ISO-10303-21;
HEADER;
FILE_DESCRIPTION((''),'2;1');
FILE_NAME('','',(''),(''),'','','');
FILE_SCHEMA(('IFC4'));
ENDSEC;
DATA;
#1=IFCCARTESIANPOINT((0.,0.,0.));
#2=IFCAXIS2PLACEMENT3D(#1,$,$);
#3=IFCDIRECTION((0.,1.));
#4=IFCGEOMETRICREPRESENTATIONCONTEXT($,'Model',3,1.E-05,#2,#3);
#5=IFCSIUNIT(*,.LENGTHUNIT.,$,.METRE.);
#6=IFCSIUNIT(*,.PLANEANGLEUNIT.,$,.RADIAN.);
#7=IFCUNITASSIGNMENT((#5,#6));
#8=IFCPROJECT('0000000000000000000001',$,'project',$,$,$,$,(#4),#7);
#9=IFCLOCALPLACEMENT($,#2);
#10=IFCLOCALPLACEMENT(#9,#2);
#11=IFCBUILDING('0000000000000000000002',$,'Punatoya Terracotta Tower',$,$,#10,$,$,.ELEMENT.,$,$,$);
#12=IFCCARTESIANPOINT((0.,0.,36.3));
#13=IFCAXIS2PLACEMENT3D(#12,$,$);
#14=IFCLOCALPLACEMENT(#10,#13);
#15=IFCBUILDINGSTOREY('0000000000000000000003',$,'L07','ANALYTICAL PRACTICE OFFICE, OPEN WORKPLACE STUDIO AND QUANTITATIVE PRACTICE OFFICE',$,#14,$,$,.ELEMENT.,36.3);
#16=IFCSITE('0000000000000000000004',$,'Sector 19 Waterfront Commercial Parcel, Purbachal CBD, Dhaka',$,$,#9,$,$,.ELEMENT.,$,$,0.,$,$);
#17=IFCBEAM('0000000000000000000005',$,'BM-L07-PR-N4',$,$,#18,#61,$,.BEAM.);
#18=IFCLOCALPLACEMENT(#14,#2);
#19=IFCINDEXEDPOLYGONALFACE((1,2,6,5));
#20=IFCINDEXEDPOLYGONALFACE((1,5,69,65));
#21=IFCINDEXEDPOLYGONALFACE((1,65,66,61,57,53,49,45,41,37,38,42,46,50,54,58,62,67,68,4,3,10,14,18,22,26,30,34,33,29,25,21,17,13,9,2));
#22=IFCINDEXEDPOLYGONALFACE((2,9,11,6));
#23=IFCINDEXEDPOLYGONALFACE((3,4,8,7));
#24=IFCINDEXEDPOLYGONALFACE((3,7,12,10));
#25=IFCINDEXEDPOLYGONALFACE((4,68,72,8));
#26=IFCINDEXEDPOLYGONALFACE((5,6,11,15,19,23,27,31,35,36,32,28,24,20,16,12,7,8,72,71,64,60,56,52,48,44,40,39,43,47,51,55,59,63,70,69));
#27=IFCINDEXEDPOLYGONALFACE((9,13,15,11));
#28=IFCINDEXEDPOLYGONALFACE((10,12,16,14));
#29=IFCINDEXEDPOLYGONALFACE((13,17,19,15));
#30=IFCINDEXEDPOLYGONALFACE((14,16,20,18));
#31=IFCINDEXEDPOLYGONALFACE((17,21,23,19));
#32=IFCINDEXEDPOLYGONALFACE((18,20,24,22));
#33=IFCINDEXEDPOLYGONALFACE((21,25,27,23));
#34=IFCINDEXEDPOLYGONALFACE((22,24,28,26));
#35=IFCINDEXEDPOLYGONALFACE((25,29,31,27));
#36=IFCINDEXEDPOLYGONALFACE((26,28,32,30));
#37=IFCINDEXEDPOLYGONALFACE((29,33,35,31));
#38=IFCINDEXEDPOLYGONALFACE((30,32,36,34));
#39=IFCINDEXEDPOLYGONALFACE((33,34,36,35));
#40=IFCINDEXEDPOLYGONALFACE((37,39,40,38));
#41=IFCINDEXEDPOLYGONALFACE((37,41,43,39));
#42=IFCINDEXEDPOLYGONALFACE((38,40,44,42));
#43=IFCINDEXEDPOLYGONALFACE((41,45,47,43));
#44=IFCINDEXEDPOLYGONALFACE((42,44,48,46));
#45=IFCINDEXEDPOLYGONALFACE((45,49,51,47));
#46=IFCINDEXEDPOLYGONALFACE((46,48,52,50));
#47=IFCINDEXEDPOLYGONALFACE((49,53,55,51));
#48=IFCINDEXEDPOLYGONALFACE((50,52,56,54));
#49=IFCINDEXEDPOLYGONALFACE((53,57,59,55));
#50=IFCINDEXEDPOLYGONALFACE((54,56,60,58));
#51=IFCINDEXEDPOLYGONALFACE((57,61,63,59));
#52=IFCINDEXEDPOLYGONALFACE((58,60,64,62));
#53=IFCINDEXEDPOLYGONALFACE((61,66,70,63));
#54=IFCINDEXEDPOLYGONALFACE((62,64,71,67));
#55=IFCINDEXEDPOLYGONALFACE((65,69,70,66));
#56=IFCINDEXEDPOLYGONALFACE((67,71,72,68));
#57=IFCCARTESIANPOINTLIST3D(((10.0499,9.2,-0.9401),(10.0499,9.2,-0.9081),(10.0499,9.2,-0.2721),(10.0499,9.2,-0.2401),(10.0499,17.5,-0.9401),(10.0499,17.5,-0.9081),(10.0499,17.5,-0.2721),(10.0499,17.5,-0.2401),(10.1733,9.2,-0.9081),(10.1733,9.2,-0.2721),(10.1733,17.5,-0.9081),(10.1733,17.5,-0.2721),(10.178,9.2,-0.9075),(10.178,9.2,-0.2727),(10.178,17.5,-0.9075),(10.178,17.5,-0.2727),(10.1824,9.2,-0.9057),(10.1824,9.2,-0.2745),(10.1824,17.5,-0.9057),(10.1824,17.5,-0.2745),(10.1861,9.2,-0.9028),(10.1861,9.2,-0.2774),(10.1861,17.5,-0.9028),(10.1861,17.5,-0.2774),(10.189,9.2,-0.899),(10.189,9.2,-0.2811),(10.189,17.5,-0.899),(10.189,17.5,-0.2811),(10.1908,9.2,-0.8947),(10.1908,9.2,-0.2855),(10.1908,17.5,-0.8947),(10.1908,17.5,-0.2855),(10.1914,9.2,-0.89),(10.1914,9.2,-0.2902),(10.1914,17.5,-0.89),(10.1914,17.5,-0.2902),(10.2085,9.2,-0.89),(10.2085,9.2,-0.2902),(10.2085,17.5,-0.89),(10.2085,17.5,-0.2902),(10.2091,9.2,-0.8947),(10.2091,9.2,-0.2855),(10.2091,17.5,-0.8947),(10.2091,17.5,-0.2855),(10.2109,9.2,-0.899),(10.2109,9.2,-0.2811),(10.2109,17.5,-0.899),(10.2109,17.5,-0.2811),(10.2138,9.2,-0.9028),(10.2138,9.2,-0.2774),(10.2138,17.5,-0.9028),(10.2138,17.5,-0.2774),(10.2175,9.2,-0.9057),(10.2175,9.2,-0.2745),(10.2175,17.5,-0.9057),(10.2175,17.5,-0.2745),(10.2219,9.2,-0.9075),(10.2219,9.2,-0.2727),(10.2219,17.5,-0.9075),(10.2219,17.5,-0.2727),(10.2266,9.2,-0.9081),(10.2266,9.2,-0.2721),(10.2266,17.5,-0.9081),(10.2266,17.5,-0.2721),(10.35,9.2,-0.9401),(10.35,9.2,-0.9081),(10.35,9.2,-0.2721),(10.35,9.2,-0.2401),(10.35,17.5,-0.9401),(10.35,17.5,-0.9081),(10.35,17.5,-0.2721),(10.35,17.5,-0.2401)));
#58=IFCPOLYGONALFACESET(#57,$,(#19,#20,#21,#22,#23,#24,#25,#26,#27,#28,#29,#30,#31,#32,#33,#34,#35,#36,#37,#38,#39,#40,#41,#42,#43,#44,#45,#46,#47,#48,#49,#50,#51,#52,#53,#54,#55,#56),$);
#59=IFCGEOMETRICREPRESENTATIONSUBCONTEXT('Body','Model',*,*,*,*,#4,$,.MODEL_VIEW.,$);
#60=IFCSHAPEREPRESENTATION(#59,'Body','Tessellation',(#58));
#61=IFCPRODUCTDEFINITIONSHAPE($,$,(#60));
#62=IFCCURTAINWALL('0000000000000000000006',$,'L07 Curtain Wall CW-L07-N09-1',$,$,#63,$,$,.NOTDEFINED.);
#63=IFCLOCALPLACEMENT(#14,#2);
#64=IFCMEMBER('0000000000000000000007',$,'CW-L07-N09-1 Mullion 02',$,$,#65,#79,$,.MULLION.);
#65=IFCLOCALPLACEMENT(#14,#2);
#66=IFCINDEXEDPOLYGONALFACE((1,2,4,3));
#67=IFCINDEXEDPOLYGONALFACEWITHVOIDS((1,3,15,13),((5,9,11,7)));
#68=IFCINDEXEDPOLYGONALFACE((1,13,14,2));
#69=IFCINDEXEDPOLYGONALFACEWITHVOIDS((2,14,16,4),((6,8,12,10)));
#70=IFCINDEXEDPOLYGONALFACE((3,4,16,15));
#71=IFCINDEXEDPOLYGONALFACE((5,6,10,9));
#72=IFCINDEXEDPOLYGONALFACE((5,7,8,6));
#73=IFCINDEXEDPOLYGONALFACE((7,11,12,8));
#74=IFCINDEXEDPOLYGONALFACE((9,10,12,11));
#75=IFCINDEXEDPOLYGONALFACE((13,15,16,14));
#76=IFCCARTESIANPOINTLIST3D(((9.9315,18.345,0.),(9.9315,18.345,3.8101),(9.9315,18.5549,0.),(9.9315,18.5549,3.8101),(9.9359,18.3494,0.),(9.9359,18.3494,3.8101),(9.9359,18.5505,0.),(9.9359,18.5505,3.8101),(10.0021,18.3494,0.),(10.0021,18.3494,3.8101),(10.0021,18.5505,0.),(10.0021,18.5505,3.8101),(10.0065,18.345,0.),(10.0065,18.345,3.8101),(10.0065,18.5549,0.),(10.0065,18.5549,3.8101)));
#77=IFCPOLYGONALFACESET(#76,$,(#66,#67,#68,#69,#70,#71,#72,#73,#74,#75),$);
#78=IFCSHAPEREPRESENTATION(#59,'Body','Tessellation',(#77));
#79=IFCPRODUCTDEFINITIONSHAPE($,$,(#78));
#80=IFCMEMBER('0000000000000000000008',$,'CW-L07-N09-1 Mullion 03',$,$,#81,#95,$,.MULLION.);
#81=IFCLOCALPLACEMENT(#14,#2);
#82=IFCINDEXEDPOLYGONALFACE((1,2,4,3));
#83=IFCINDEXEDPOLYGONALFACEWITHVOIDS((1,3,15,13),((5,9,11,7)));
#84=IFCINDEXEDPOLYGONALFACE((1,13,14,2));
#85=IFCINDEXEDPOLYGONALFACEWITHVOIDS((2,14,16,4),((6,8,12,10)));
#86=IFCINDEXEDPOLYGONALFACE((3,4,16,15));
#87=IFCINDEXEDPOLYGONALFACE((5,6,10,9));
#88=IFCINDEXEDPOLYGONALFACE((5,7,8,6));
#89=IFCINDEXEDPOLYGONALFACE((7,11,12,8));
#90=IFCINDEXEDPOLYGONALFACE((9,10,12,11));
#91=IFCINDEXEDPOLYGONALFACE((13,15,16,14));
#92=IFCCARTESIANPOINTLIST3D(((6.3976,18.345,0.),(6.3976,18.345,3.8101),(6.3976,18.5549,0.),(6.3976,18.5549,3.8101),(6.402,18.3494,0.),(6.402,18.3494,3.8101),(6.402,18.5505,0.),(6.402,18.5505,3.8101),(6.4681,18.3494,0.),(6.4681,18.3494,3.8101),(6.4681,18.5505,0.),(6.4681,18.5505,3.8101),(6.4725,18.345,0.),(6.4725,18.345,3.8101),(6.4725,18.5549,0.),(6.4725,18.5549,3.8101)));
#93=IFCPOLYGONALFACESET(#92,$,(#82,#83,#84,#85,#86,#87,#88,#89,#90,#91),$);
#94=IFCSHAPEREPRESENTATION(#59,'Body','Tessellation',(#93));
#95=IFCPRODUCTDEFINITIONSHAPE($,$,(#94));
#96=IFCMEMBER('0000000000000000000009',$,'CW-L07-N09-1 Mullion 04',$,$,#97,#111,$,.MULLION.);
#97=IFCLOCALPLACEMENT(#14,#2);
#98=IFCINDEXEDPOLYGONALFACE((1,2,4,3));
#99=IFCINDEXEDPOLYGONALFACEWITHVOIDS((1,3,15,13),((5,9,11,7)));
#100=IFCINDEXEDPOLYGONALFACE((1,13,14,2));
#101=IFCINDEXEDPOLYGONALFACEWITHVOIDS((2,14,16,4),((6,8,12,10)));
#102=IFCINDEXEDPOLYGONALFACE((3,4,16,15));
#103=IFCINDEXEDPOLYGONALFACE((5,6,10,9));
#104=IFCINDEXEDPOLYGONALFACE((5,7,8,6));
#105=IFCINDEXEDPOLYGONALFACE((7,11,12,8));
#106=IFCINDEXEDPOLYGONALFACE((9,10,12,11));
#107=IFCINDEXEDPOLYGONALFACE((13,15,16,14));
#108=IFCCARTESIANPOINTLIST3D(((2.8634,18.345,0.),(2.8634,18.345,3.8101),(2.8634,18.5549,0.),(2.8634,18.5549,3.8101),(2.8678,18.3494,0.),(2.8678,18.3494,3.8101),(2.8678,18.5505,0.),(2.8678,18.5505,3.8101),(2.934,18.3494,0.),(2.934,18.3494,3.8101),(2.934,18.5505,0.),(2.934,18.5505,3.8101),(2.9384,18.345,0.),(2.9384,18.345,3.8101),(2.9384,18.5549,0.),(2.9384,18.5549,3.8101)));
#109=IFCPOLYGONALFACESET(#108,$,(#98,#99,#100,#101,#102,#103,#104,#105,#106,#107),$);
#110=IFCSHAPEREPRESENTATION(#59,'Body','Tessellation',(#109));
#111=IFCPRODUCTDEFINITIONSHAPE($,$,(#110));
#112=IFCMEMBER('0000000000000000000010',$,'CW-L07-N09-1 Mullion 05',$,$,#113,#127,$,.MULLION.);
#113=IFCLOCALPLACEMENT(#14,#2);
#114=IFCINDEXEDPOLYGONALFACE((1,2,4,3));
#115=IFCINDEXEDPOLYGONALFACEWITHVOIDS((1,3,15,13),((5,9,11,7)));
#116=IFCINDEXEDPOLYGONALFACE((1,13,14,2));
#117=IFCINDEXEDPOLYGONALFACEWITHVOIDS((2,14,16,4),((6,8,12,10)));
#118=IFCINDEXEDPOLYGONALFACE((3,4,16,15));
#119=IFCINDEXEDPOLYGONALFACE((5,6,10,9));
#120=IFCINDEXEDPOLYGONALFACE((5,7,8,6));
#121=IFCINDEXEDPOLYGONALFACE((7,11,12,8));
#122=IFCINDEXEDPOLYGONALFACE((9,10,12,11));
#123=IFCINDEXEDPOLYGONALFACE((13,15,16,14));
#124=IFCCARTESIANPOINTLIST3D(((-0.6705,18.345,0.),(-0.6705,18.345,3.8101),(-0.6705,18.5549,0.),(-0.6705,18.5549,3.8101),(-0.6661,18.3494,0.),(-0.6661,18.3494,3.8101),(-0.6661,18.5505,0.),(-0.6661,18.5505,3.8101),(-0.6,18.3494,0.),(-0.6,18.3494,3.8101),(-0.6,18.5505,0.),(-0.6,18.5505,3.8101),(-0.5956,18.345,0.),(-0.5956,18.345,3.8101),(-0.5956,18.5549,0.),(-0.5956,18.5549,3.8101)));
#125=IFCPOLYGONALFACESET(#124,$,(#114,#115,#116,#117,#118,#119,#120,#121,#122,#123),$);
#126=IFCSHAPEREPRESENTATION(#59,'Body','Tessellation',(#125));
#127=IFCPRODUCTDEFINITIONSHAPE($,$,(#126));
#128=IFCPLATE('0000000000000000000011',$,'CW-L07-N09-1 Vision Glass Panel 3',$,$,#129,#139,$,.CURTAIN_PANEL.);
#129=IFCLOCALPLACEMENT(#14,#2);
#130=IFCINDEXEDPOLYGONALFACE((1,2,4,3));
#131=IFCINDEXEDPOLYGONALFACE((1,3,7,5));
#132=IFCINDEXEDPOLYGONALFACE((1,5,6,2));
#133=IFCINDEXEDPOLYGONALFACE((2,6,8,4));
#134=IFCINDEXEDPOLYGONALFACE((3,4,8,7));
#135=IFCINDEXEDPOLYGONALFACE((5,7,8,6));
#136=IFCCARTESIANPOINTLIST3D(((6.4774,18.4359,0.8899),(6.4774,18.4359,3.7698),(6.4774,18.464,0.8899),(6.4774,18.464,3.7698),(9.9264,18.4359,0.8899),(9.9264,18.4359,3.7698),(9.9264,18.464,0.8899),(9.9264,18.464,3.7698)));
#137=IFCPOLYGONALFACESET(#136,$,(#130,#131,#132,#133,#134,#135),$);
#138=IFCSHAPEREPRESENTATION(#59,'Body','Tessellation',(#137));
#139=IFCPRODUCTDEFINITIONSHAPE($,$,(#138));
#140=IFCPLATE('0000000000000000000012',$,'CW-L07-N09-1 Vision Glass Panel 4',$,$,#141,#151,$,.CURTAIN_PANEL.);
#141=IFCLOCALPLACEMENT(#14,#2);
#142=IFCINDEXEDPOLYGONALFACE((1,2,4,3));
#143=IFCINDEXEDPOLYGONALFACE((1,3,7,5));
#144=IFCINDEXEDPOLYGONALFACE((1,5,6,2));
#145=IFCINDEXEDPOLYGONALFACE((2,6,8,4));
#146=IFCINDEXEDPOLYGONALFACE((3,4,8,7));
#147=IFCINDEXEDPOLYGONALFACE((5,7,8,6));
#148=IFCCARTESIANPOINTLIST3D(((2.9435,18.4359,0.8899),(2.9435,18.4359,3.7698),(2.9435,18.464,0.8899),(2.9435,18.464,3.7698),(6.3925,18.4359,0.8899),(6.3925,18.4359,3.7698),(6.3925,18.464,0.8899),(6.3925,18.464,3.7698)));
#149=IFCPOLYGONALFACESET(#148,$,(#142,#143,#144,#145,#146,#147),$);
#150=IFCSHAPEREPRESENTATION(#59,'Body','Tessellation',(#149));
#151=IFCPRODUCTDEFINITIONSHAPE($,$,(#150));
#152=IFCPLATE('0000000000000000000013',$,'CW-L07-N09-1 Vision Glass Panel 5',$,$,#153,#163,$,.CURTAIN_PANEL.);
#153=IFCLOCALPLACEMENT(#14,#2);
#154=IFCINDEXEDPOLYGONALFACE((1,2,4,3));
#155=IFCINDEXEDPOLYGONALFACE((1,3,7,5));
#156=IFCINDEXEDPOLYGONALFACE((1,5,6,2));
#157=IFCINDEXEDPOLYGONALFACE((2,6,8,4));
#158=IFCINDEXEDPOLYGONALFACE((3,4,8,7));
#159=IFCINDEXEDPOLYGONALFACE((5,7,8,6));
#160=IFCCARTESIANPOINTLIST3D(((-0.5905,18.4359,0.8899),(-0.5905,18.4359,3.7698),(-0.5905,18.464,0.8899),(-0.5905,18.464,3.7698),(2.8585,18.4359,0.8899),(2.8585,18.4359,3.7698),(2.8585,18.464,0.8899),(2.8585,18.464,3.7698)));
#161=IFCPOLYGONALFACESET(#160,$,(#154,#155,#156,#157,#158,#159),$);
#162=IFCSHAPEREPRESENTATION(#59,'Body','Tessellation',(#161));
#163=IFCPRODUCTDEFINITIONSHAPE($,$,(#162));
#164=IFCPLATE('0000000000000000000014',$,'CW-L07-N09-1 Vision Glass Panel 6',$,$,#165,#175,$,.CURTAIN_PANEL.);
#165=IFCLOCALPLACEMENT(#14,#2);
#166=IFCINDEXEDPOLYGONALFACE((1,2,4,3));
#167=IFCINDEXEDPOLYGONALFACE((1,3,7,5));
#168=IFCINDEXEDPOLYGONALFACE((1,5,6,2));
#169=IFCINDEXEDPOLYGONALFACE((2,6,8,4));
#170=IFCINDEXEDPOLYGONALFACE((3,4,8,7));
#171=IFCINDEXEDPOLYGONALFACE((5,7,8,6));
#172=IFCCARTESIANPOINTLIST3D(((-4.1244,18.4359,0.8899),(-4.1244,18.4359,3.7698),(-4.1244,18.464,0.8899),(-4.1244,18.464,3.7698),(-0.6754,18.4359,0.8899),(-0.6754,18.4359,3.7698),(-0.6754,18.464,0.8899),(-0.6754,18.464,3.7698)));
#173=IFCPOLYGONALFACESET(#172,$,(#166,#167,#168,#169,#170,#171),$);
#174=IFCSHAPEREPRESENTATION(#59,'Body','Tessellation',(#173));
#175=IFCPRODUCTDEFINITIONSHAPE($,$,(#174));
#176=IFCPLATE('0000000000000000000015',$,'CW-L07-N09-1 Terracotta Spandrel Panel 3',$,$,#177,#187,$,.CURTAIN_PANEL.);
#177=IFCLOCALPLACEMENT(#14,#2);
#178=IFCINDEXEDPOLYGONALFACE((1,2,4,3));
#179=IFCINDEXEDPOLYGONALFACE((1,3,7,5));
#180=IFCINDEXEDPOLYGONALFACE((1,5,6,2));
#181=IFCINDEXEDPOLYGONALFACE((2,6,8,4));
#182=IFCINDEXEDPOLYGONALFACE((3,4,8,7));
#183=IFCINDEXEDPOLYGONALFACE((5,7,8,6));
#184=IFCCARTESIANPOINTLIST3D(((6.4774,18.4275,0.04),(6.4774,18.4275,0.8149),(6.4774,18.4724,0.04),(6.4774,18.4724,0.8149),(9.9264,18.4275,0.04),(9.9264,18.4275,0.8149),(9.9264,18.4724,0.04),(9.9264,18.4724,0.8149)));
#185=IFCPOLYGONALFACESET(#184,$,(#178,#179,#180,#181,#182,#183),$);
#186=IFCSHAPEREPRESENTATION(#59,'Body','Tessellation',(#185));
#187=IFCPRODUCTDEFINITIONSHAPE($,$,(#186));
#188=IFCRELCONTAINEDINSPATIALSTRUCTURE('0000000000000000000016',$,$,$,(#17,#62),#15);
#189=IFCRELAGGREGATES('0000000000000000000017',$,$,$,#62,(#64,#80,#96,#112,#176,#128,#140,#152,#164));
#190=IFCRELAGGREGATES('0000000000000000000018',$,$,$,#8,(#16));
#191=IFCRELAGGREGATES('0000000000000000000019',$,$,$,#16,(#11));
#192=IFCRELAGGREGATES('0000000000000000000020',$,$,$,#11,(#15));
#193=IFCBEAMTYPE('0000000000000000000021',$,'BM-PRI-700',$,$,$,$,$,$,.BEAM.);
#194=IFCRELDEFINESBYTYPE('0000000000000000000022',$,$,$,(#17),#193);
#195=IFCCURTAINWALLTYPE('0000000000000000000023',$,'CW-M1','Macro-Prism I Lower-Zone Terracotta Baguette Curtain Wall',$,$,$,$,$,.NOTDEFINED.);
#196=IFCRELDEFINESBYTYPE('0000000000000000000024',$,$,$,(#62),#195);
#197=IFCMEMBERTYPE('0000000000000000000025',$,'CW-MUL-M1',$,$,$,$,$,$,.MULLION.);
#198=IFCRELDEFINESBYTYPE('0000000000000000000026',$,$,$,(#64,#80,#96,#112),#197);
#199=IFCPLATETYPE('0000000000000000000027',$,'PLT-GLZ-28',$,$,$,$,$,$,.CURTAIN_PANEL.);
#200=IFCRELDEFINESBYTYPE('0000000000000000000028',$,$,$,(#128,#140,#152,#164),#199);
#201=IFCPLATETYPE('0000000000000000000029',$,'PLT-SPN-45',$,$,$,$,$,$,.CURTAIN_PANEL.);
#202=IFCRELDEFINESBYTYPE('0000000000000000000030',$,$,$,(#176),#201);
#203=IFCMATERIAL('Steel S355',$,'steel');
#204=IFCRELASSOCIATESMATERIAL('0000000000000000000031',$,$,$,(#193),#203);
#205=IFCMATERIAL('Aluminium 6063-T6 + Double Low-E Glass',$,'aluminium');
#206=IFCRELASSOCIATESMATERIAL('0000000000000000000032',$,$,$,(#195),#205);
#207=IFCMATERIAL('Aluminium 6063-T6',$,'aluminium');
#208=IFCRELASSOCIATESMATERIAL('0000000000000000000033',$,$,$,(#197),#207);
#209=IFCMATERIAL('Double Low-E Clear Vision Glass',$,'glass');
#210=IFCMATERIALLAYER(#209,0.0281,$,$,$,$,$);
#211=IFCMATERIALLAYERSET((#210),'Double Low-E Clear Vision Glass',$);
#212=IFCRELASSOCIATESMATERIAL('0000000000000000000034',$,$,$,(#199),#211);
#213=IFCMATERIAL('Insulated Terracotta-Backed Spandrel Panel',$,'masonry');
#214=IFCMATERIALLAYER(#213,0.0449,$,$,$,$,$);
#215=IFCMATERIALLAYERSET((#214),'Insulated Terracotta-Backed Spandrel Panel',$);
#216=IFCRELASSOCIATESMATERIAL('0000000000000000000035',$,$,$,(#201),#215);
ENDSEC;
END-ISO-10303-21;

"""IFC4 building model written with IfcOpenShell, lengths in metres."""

from ifc_helpers import new_model, si_unit, direction, frame, origin, origin_2d, place, context, subcontext, project, spatial, rectangle, hollow_rectangle, i_section, extrude, material, layer, layer_set, material_profile, profile_set, type_object, element, aggregate, save


model = new_model("IFC4")

# Units and contexts
model_context = context("Model", 3, precision=1e-05, world=origin(), true_north=direction((0.0, 1.0)))
body_context = subcontext(model_context, "Body", "Model", "MODEL_VIEW")
ifc_project = project(units=[si_unit("LENGTHUNIT", "METRE"), si_unit("PLANEANGLEUNIT", "RADIAN")], contexts=[model_context])

# Site, building, storey
site_placement = place(None, origin())
site = spatial("IfcSite", under=ifc_project, at=site_placement, Name="Sector 19 Waterfront Commercial Parcel, Purbachal CBD, Dhaka", CompositionType="ELEMENT", RefElevation=0.0)
building_placement = place(site_placement, origin())
building = spatial("IfcBuilding", under=site, at=building_placement, Name="Punatoya Terracotta Tower", CompositionType="ELEMENT")
storey_placement = place(building_placement, frame((0.0, 0.0, 36.3)))
storey = spatial("IfcBuildingStorey", under=building, at=storey_placement, Name="L07", Description="ANALYTICAL PRACTICE OFFICE, OPEN WORKPLACE STUDIO AND QUANTITATIVE PRACTICE OFFICE", CompositionType="ELEMENT", Elevation=36.3)

# Beam
ifc_material_1 = material(Name="Steel S355", Category="steel")
ifc_material_profile_1 = material_profile(ifc_material_1, i_section(OverallWidth=0.3, OverallDepth=0.7, WebThickness=0.0171, FlangeThickness=0.032, FilletRadius=0.0181, at=origin_2d()))
ifc_profile_set_1 = profile_set([ifc_material_profile_1], Name="Steel S355")
beam_type = type_object("IfcBeamType", Name="BM-PRI-700", PredefinedType="BEAM", material=ifc_profile_set_1)
for number, where, z_axis, x_axis, name in (
    (1, (10.2, 9.2, -0.5901), (0.0, 1.0, 0.0), (-1.0, 0.0, 0.0), "BM-L07-PR-N4"),
):
    element("IfcBeam", number, at=place(storey_placement, frame(where, z_axis=z_axis, x_axis=x_axis)), inside=storey, type_object=beam_type, Name=name, PredefinedType="BEAM", context=body_context, shape_type="SweptSolid", body=[
        extrude(i_section(OverallWidth=0.3, OverallDepth=0.7, WebThickness=0.0171, FlangeThickness=0.032, FilletRadius=0.0181, at=origin_2d()), origin(), (0.0, 0.0, 1.0), 8.3),
    ])

# Curtain wall, members, plates
ifc_material_2 = material(Name="Aluminium 6063-T6 + Double Low-E Glass", Category="aluminium")
curtain_wall_type = type_object("IfcCurtainWallType", Name="CW-M1", Description="Macro-Prism I Lower-Zone Terracotta Baguette Curtain Wall", PredefinedType="NOTDEFINED", material=ifc_material_2)
curtain_wall_placement = place(storey_placement, origin())
curtain_wall = element("IfcCurtainWall", 2, at=curtain_wall_placement, inside=storey, type_object=curtain_wall_type, Name="L07 Curtain Wall CW-L07-N09-1", PredefinedType="NOTDEFINED")
ifc_material_3 = material(Name="Aluminium 6063-T6", Category="aluminium")
ifc_material_profile_2 = material_profile(ifc_material_3, hollow_rectangle(XDim=0.075, YDim=0.21, WallThickness=0.0044, at=origin_2d()))
ifc_profile_set_2 = profile_set([ifc_material_profile_2], Name="Aluminium 6063-T6")
member_type = type_object("IfcMemberType", Name="CW-MUL-M1", PredefinedType="MULLION", material=ifc_profile_set_2)
member_1_placement = place(storey_placement, frame((9.969, 18.45, 0.0), z_axis=(0.0, 0.0, 1.0), x_axis=(1.0, 0.0, 0.0)))
member_1 = element("IfcMember", 3, at=member_1_placement, type_object=member_type, Name="CW-L07-N09-1 Mullion 02", PredefinedType="MULLION", context=body_context, shape_type="SweptSolid", body=[
    extrude(hollow_rectangle(XDim=0.075, YDim=0.21, WallThickness=0.0044, at=origin_2d()), origin(), (0.0, 0.0, 1.0), 3.8101),
])
member_2_placement = place(storey_placement, frame((6.4351, 18.45, 0.0), z_axis=(0.0, 0.0, 1.0), x_axis=(1.0, 0.0, 0.0)))
member_2 = element("IfcMember", 4, at=member_2_placement, type_object=member_type, Name="CW-L07-N09-1 Mullion 03", PredefinedType="MULLION", context=body_context, shape_type="SweptSolid", body=[
    extrude(hollow_rectangle(XDim=0.075, YDim=0.21, WallThickness=0.0044, at=origin_2d()), origin(), (0.0, 0.0, 1.0), 3.8101),
])
member_3_placement = place(storey_placement, frame((2.9009, 18.45, 0.0), z_axis=(0.0, 0.0, 1.0), x_axis=(1.0, 0.0, 0.0)))
member_3 = element("IfcMember", 5, at=member_3_placement, type_object=member_type, Name="CW-L07-N09-1 Mullion 04", PredefinedType="MULLION", context=body_context, shape_type="SweptSolid", body=[
    extrude(hollow_rectangle(XDim=0.075, YDim=0.21, WallThickness=0.0044, at=origin_2d()), origin(), (0.0, 0.0, 1.0), 3.8101),
])
member_4_placement = place(storey_placement, frame((-0.6331, 18.45, 0.0), z_axis=(0.0, 0.0, 1.0), x_axis=(1.0, 0.0, 0.0)))
member_4 = element("IfcMember", 6, at=member_4_placement, type_object=member_type, Name="CW-L07-N09-1 Mullion 05", PredefinedType="MULLION", context=body_context, shape_type="SweptSolid", body=[
    extrude(hollow_rectangle(XDim=0.075, YDim=0.21, WallThickness=0.0044, at=origin_2d()), origin(), (0.0, 0.0, 1.0), 3.8101),
])
ifc_material_4 = material(Name="Double Low-E Clear Vision Glass", Category="glass")
ifc_layer_1 = layer(ifc_material_4, 0.0281)
ifc_layer_set_1 = layer_set([ifc_layer_1], Name="Double Low-E Clear Vision Glass")
plate_type_1 = type_object("IfcPlateType", Name="PLT-GLZ-28", PredefinedType="CURTAIN_PANEL", material=ifc_layer_set_1)
plate_1_placement = place(storey_placement, frame((8.2019, 18.45, 0.8899), z_axis=(0.0, 0.0, 1.0), x_axis=(-1.0, 0.0, 0.0)))
plate_1 = element("IfcPlate", 7, at=plate_1_placement, type_object=plate_type_1, Name="CW-L07-N09-1 Vision Glass Panel 3", PredefinedType="CURTAIN_PANEL", context=body_context, shape_type="SweptSolid", body=[
    extrude(rectangle(XDim=3.449, YDim=0.0281, at=origin_2d()), origin(), (0.0, 0.0, 1.0), 2.8799),
])
plate_2_placement = place(storey_placement, frame((4.668, 18.45, 0.8899), z_axis=(0.0, 0.0, 1.0), x_axis=(-1.0, 0.0, 0.0)))
plate_2 = element("IfcPlate", 8, at=plate_2_placement, type_object=plate_type_1, Name="CW-L07-N09-1 Vision Glass Panel 4", PredefinedType="CURTAIN_PANEL", context=body_context, shape_type="SweptSolid", body=[
    extrude(rectangle(XDim=3.449, YDim=0.0281, at=origin_2d()), origin(), (0.0, 0.0, 1.0), 2.8799),
])
plate_3_placement = place(storey_placement, frame((1.134, 18.45, 0.8899), z_axis=(0.0, 0.0, 1.0), x_axis=(-1.0, 0.0, 0.0)))
plate_3 = element("IfcPlate", 9, at=plate_3_placement, type_object=plate_type_1, Name="CW-L07-N09-1 Vision Glass Panel 5", PredefinedType="CURTAIN_PANEL", context=body_context, shape_type="SweptSolid", body=[
    extrude(rectangle(XDim=3.449, YDim=0.0281, at=origin_2d()), origin(), (0.0, 0.0, 1.0), 2.8799),
])
plate_4_placement = place(storey_placement, frame((-2.3999, 18.45, 0.8899), z_axis=(0.0, 0.0, 1.0), x_axis=(-1.0, 0.0, 0.0)))
plate_4 = element("IfcPlate", 10, at=plate_4_placement, type_object=plate_type_1, Name="CW-L07-N09-1 Vision Glass Panel 6", PredefinedType="CURTAIN_PANEL", context=body_context, shape_type="SweptSolid", body=[
    extrude(rectangle(XDim=3.449, YDim=0.0281, at=origin_2d()), origin(), (0.0, 0.0, 1.0), 2.8799),
])
ifc_material_5 = material(Name="Insulated Terracotta-Backed Spandrel Panel", Category="masonry")
ifc_layer_2 = layer(ifc_material_5, 0.0449)
ifc_layer_set_2 = layer_set([ifc_layer_2], Name="Insulated Terracotta-Backed Spandrel Panel")
plate_type_2 = type_object("IfcPlateType", Name="PLT-SPN-45", PredefinedType="CURTAIN_PANEL", material=ifc_layer_set_2)
plate_5_placement = place(storey_placement, frame((8.2019, 18.45, 0.04), z_axis=(0.0, 0.0, 1.0), x_axis=(-1.0, 0.0, 0.0)))
plate_5 = element("IfcPlate", 11, at=plate_5_placement, type_object=plate_type_2, Name="CW-L07-N09-1 Terracotta Spandrel Panel 3", PredefinedType="CURTAIN_PANEL", context=body_context, shape_type="SweptSolid", body=[
    extrude(rectangle(XDim=3.449, YDim=0.0449, at=origin_2d()), origin(), (0.0, 0.0, 1.0), 0.7749),
])
aggregate(curtain_wall, [member_1, member_2, member_3, member_4, plate_5, plate_1, plate_2, plate_3, plate_4])

save(model, "model.ifc")
